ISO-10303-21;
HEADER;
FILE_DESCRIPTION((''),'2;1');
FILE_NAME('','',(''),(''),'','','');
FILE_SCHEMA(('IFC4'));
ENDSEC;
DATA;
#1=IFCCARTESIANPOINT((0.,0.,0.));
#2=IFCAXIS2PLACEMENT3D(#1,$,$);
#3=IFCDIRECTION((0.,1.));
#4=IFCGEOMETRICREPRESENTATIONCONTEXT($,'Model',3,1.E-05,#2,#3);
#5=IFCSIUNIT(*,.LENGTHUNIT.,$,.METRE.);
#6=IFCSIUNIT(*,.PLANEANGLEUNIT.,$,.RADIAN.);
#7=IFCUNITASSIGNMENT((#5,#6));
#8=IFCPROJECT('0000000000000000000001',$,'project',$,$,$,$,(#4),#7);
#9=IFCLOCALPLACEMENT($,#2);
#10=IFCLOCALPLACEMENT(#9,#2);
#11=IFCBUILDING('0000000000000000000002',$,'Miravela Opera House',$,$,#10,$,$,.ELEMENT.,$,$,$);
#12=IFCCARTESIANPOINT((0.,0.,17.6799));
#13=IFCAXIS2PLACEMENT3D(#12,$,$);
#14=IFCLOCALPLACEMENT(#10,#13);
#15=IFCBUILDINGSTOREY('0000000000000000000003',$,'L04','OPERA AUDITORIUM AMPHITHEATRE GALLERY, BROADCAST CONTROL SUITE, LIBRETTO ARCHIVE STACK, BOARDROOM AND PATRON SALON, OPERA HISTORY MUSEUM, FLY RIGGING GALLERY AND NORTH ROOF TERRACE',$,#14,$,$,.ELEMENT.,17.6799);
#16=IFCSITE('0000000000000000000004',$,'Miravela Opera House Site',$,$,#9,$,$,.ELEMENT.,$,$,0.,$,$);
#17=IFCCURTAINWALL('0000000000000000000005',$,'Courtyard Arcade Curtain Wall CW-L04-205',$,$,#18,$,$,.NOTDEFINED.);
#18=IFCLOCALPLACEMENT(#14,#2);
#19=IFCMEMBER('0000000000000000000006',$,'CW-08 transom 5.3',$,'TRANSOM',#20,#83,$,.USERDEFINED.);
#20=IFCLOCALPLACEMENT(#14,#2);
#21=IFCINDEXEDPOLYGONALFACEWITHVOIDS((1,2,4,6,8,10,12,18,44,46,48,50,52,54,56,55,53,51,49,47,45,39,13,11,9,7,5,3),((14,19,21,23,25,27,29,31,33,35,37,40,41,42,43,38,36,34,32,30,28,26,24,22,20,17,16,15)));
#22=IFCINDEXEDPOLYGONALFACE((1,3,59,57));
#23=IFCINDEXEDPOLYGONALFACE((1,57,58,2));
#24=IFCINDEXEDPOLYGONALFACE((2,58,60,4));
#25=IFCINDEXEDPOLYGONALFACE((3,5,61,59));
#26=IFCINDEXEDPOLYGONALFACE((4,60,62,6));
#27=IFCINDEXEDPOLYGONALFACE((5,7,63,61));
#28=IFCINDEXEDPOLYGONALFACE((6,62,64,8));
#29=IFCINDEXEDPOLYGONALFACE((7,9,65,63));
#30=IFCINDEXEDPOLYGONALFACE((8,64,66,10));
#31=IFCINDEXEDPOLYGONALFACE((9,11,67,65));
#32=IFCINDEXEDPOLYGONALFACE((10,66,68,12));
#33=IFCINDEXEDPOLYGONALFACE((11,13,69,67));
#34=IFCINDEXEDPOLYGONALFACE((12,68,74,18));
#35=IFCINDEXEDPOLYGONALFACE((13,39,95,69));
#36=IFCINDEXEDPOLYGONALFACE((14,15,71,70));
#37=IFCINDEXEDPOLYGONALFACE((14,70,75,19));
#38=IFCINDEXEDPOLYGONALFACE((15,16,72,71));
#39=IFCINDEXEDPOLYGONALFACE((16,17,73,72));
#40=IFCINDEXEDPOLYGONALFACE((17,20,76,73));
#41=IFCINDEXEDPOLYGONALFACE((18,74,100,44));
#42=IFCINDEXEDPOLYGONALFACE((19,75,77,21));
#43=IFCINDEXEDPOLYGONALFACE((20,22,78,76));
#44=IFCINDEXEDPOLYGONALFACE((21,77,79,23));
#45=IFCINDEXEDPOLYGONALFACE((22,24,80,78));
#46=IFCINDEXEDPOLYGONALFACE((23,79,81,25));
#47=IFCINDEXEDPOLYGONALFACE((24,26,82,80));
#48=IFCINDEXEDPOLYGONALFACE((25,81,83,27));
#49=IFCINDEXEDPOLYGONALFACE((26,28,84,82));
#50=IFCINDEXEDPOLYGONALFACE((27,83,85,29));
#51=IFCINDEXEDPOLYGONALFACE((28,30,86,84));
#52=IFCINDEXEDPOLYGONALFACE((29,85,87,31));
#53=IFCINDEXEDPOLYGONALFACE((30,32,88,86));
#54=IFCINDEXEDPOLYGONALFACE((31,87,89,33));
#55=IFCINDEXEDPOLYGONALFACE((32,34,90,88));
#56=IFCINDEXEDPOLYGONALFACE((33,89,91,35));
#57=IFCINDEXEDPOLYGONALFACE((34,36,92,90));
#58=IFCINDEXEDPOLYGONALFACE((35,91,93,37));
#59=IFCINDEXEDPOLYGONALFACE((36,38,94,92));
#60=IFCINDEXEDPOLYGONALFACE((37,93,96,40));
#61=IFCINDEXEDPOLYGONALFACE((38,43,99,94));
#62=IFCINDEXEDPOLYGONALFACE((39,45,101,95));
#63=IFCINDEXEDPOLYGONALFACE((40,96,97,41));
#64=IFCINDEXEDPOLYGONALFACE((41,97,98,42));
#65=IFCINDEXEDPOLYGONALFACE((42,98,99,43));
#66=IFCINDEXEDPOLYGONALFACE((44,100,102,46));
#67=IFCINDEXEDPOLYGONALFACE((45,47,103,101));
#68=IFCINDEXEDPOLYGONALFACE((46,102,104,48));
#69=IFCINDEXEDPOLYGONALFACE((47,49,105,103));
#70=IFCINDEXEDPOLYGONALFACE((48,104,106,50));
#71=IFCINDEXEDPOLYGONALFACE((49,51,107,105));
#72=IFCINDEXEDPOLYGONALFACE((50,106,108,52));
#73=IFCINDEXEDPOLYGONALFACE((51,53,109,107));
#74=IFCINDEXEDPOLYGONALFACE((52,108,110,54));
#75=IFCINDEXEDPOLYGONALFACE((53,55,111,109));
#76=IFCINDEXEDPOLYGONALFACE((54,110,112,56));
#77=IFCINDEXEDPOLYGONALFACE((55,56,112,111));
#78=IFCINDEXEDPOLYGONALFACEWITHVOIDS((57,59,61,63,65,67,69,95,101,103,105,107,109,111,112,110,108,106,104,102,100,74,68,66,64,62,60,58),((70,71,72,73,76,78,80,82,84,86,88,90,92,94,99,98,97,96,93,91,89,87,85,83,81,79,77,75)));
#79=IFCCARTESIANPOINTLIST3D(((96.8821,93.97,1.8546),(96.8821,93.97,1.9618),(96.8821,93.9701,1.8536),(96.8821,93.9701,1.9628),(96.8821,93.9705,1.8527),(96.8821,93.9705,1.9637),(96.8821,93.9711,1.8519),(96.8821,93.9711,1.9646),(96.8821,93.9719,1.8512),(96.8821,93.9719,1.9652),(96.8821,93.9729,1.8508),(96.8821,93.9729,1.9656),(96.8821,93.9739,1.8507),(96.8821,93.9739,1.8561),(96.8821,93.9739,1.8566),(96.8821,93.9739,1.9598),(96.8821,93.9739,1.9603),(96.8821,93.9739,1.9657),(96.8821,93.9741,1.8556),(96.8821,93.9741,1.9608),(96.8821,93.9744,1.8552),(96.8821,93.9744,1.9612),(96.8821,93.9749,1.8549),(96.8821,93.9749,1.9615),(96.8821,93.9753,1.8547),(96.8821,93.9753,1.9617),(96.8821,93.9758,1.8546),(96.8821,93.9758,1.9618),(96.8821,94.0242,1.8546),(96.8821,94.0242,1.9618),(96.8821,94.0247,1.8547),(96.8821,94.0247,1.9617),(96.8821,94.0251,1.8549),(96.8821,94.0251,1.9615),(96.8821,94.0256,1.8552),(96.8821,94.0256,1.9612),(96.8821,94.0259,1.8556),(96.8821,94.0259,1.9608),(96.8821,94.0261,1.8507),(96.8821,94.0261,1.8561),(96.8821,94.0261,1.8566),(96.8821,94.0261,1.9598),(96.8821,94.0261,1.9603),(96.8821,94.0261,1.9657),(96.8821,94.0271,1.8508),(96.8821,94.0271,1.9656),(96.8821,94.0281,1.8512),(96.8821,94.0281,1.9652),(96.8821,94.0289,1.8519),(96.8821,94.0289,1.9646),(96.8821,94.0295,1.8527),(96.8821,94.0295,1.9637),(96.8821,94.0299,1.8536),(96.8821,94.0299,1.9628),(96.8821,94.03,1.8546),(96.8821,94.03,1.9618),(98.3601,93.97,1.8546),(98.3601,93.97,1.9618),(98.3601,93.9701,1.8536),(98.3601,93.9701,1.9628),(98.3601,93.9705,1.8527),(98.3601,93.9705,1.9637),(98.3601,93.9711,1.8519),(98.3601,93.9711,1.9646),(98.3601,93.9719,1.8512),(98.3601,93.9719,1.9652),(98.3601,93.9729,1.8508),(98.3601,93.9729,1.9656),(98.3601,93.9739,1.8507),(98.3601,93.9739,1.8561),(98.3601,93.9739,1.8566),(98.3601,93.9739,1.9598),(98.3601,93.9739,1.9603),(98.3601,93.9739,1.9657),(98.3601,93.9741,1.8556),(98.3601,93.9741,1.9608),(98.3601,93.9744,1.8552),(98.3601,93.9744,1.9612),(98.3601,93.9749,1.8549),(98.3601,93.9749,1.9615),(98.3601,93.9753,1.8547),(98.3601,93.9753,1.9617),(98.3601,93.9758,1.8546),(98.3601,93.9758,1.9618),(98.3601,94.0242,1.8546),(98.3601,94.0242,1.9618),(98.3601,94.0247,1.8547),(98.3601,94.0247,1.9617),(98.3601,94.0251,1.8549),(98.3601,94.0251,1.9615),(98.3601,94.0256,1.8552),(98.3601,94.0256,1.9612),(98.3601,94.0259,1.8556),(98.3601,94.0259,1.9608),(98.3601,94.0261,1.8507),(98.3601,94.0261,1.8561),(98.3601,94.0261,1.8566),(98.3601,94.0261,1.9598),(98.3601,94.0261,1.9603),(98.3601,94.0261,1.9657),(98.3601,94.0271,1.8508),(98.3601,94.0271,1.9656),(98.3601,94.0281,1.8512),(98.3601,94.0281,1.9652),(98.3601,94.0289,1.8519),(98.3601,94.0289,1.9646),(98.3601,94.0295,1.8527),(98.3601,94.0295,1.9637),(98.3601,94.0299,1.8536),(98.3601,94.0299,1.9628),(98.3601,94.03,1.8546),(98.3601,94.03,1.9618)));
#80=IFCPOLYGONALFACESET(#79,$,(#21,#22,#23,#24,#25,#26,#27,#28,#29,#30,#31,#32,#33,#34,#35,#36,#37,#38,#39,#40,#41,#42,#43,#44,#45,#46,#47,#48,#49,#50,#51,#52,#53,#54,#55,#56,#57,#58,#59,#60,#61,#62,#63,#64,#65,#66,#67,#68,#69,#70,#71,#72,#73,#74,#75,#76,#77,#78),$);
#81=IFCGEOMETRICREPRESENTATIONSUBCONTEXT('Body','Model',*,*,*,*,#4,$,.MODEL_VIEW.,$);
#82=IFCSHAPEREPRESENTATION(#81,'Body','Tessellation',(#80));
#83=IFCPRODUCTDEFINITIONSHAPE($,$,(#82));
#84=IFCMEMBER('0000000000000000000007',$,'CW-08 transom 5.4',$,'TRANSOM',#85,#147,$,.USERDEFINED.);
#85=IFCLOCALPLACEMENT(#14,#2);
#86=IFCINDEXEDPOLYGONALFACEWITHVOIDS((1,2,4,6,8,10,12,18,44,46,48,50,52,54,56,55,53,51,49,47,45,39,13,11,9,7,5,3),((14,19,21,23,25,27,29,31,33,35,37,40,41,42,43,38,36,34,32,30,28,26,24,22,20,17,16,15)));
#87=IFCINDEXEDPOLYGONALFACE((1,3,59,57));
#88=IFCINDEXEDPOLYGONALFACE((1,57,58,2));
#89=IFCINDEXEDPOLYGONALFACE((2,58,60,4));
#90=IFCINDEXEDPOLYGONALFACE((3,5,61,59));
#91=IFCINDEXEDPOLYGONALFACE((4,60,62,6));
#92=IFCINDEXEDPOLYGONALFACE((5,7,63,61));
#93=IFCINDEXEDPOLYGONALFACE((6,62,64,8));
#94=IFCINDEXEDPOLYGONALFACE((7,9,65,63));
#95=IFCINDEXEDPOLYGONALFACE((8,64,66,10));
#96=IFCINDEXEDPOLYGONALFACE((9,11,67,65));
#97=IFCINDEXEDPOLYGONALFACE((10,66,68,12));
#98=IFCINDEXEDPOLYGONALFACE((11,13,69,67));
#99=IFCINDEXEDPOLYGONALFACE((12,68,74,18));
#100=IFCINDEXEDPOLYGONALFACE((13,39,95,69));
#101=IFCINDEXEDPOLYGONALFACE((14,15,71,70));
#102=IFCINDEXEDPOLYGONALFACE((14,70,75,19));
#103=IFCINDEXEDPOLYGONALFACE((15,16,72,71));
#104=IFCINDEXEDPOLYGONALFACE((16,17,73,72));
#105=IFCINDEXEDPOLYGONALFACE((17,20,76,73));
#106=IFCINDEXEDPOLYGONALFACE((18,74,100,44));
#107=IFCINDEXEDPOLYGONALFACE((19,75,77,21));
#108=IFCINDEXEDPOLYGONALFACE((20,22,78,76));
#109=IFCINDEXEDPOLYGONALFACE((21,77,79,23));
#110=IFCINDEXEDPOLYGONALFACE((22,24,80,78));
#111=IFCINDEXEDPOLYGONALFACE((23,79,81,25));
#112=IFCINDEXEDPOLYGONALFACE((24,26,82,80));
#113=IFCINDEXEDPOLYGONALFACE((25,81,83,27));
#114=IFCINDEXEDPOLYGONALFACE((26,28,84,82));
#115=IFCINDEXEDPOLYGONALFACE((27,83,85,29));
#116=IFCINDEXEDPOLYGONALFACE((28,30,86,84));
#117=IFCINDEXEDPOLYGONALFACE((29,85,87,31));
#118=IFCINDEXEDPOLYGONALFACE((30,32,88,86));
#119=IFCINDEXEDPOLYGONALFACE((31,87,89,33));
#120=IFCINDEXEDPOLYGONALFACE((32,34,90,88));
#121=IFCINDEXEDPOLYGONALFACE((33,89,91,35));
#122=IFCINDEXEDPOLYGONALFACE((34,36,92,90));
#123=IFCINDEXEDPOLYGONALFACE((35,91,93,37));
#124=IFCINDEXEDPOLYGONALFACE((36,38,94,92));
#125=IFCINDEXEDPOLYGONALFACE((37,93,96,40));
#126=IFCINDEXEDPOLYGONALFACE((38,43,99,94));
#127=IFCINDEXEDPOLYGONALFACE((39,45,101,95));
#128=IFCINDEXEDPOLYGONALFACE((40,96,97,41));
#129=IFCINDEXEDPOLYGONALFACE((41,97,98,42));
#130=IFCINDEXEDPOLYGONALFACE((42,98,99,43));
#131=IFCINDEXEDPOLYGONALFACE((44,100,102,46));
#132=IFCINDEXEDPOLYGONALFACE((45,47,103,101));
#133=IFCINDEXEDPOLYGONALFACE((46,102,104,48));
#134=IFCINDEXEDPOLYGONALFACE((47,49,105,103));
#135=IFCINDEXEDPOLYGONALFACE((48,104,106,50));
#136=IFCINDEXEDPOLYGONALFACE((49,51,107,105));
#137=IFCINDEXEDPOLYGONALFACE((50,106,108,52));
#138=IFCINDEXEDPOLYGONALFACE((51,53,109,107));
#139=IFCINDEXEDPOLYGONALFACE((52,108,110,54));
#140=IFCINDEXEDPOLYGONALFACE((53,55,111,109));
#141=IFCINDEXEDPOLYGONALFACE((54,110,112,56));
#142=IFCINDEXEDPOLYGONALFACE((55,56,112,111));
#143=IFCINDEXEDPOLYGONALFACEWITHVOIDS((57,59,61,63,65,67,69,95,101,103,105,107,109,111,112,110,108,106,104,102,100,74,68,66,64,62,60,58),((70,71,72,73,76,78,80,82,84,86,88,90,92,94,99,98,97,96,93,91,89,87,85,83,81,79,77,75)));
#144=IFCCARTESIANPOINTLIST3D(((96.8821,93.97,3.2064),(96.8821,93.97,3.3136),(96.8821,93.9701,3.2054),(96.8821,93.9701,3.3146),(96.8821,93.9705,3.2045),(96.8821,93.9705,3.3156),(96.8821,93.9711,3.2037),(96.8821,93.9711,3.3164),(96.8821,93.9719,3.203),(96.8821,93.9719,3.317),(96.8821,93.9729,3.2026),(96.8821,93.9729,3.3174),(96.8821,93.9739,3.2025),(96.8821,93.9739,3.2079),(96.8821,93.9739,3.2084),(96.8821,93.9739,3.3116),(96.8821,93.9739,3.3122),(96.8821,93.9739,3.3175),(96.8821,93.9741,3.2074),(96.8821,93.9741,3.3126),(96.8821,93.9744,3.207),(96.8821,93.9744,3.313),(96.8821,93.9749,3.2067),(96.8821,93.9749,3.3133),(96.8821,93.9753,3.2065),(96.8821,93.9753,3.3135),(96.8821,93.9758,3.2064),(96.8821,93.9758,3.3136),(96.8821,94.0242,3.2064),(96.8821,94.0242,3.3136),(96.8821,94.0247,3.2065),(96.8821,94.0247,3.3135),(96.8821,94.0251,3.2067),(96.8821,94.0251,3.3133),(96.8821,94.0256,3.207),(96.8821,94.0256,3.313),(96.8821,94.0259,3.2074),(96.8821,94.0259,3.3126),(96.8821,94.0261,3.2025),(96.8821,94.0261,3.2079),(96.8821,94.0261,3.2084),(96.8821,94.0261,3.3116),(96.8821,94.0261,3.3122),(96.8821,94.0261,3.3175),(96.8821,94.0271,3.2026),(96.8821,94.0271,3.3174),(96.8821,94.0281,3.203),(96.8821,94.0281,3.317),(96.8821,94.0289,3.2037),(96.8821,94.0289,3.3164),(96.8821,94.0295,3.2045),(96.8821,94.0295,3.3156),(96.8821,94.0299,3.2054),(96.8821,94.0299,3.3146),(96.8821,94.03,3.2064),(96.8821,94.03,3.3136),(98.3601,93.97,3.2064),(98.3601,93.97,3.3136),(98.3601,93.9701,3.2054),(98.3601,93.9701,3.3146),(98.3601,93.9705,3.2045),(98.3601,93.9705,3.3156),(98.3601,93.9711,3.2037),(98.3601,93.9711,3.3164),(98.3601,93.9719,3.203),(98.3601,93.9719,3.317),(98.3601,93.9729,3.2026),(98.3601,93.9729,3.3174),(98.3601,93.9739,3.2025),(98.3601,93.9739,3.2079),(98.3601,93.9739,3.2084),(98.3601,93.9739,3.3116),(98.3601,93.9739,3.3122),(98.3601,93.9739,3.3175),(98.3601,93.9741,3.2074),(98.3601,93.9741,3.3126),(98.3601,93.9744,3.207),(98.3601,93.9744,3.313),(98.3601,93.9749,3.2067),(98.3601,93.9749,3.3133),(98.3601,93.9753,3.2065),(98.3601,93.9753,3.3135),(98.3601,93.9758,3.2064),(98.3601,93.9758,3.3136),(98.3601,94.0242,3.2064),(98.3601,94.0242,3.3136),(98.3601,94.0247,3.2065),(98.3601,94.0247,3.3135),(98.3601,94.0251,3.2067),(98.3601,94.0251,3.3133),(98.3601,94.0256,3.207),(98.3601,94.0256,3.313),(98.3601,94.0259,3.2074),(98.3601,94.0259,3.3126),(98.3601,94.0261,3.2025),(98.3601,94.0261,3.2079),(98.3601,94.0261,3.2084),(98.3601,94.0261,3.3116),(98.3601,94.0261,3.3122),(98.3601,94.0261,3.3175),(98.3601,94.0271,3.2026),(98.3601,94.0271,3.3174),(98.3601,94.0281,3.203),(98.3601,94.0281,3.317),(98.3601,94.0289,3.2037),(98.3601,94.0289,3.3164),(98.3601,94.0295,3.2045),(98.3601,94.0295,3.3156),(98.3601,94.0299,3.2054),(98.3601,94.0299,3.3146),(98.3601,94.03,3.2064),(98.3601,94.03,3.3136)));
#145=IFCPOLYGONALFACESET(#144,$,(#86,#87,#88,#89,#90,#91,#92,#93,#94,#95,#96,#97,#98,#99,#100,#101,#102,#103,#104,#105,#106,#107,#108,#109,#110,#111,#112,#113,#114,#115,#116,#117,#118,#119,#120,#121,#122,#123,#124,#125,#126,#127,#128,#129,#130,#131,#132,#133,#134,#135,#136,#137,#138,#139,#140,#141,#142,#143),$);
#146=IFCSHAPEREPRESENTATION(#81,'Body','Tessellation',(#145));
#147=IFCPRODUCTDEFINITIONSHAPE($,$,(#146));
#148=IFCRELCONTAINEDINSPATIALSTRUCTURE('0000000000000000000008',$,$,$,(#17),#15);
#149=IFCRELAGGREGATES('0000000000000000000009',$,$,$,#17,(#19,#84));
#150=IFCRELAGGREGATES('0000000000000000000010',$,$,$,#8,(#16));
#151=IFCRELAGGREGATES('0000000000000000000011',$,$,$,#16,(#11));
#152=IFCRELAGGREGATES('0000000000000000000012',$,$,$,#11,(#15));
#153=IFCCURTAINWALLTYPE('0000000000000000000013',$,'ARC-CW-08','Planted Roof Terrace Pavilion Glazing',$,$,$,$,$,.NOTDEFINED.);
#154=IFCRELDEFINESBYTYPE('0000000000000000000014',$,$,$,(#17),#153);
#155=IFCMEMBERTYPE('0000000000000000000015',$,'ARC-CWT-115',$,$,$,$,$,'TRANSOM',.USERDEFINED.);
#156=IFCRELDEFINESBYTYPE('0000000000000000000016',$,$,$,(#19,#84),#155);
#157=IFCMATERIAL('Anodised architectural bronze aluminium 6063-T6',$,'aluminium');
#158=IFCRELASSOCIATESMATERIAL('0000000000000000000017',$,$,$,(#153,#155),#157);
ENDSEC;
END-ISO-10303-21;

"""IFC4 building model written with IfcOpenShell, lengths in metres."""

from ifc_helpers import new_model, si_unit, direction, frame, origin, origin_2d, place, context, subcontext, project, spatial, hollow_rectangle, extrude, material, material_profile, profile_set, type_object, element, aggregate, save


model = new_model("IFC4")

# Units and contexts
model_context = context("Model", 3, precision=1e-05, world=origin(), true_north=direction((0.0, 1.0)))
body_context = subcontext(model_context, "Body", "Model", "MODEL_VIEW")
ifc_project = project(units=[si_unit("LENGTHUNIT", "METRE"), si_unit("PLANEANGLEUNIT", "RADIAN")], contexts=[model_context])

# Site, building, storey
site_placement = place(None, origin())
site = spatial("IfcSite", under=ifc_project, at=site_placement, Name="Miravela Opera House Site", CompositionType="ELEMENT", RefElevation=0.0)
building_placement = place(site_placement, origin())
building = spatial("IfcBuilding", under=site, at=building_placement, Name="Miravela Opera House", CompositionType="ELEMENT")
storey_placement = place(building_placement, frame((0.0, 0.0, 17.6799)))
storey = spatial("IfcBuildingStorey", under=building, at=storey_placement, Name="L04", Description="OPERA AUDITORIUM AMPHITHEATRE GALLERY, BROADCAST CONTROL SUITE, LIBRETTO ARCHIVE STACK, BOARDROOM AND PATRON SALON, OPERA HISTORY MUSEUM, FLY RIGGING GALLERY AND NORTH ROOF TERRACE", CompositionType="ELEMENT", Elevation=17.6799)

# Curtain wall
ifc_material_1 = material(Name="Anodised architectural bronze aluminium 6063-T6", Category="aluminium")
curtain_wall_type = type_object("IfcCurtainWallType", Name="ARC-CW-08", Description="Planted Roof Terrace Pavilion Glazing", PredefinedType="NOTDEFINED", material=ifc_material_1)
curtain_wall_1_placement = place(storey_placement, origin())
curtain_wall_1 = element("IfcCurtainWall", 1, at=curtain_wall_1_placement, inside=storey, type_object=curtain_wall_type, Name="Courtyard Arcade Curtain Wall CW-L04-205", PredefinedType="NOTDEFINED")

# Members
ifc_material_profile_1 = material_profile(ifc_material_1, hollow_rectangle(XDim=0.0601, YDim=0.115, WallThickness=0.0039, InnerFilletRadius=0.002, OuterFilletRadius=0.0039, at=origin_2d()), Name="CWT-60X115")
ifc_profile_set_1 = profile_set([ifc_material_profile_1])
member_type_1 = type_object("IfcMemberType", Name="ARC-CWT-115", ElementType="TRANSOM", PredefinedType="USERDEFINED", material=ifc_profile_set_1)
member_1_placement = place(storey_placement, frame((96.8821, 94.0, 1.9082), z_axis=(1.0, 0.0, 0.0), x_axis=(0.0, 1.0, 0.0)))
member_1 = element("IfcMember", 2, at=member_1_placement, type_object=member_type_1, Name="CW-08 transom 5.3", ObjectType="TRANSOM", PredefinedType="USERDEFINED", context=body_context, shape_type="SweptSolid", body=[
    extrude(hollow_rectangle(XDim=0.0601, YDim=0.115, WallThickness=0.0039, InnerFilletRadius=0.002, OuterFilletRadius=0.0039, at=origin_2d()), origin(), (0.0, 0.0, 1.0), 1.478),
])
member_2_placement = place(storey_placement, frame((96.8821, 94.0, 3.26), z_axis=(1.0, 0.0, 0.0), x_axis=(0.0, 1.0, 0.0)))
member_2 = element("IfcMember", 3, at=member_2_placement, type_object=member_type_1, Name="CW-08 transom 5.4", ObjectType="TRANSOM", PredefinedType="USERDEFINED", context=body_context, shape_type="SweptSolid", body=[
    extrude(hollow_rectangle(XDim=0.0601, YDim=0.115, WallThickness=0.0039, InnerFilletRadius=0.002, OuterFilletRadius=0.0039, at=origin_2d()), origin(), (0.0, 0.0, 1.0), 1.478),
])

aggregate(curtain_wall_1, [member_1, member_2])

save(model, "model.ifc")
